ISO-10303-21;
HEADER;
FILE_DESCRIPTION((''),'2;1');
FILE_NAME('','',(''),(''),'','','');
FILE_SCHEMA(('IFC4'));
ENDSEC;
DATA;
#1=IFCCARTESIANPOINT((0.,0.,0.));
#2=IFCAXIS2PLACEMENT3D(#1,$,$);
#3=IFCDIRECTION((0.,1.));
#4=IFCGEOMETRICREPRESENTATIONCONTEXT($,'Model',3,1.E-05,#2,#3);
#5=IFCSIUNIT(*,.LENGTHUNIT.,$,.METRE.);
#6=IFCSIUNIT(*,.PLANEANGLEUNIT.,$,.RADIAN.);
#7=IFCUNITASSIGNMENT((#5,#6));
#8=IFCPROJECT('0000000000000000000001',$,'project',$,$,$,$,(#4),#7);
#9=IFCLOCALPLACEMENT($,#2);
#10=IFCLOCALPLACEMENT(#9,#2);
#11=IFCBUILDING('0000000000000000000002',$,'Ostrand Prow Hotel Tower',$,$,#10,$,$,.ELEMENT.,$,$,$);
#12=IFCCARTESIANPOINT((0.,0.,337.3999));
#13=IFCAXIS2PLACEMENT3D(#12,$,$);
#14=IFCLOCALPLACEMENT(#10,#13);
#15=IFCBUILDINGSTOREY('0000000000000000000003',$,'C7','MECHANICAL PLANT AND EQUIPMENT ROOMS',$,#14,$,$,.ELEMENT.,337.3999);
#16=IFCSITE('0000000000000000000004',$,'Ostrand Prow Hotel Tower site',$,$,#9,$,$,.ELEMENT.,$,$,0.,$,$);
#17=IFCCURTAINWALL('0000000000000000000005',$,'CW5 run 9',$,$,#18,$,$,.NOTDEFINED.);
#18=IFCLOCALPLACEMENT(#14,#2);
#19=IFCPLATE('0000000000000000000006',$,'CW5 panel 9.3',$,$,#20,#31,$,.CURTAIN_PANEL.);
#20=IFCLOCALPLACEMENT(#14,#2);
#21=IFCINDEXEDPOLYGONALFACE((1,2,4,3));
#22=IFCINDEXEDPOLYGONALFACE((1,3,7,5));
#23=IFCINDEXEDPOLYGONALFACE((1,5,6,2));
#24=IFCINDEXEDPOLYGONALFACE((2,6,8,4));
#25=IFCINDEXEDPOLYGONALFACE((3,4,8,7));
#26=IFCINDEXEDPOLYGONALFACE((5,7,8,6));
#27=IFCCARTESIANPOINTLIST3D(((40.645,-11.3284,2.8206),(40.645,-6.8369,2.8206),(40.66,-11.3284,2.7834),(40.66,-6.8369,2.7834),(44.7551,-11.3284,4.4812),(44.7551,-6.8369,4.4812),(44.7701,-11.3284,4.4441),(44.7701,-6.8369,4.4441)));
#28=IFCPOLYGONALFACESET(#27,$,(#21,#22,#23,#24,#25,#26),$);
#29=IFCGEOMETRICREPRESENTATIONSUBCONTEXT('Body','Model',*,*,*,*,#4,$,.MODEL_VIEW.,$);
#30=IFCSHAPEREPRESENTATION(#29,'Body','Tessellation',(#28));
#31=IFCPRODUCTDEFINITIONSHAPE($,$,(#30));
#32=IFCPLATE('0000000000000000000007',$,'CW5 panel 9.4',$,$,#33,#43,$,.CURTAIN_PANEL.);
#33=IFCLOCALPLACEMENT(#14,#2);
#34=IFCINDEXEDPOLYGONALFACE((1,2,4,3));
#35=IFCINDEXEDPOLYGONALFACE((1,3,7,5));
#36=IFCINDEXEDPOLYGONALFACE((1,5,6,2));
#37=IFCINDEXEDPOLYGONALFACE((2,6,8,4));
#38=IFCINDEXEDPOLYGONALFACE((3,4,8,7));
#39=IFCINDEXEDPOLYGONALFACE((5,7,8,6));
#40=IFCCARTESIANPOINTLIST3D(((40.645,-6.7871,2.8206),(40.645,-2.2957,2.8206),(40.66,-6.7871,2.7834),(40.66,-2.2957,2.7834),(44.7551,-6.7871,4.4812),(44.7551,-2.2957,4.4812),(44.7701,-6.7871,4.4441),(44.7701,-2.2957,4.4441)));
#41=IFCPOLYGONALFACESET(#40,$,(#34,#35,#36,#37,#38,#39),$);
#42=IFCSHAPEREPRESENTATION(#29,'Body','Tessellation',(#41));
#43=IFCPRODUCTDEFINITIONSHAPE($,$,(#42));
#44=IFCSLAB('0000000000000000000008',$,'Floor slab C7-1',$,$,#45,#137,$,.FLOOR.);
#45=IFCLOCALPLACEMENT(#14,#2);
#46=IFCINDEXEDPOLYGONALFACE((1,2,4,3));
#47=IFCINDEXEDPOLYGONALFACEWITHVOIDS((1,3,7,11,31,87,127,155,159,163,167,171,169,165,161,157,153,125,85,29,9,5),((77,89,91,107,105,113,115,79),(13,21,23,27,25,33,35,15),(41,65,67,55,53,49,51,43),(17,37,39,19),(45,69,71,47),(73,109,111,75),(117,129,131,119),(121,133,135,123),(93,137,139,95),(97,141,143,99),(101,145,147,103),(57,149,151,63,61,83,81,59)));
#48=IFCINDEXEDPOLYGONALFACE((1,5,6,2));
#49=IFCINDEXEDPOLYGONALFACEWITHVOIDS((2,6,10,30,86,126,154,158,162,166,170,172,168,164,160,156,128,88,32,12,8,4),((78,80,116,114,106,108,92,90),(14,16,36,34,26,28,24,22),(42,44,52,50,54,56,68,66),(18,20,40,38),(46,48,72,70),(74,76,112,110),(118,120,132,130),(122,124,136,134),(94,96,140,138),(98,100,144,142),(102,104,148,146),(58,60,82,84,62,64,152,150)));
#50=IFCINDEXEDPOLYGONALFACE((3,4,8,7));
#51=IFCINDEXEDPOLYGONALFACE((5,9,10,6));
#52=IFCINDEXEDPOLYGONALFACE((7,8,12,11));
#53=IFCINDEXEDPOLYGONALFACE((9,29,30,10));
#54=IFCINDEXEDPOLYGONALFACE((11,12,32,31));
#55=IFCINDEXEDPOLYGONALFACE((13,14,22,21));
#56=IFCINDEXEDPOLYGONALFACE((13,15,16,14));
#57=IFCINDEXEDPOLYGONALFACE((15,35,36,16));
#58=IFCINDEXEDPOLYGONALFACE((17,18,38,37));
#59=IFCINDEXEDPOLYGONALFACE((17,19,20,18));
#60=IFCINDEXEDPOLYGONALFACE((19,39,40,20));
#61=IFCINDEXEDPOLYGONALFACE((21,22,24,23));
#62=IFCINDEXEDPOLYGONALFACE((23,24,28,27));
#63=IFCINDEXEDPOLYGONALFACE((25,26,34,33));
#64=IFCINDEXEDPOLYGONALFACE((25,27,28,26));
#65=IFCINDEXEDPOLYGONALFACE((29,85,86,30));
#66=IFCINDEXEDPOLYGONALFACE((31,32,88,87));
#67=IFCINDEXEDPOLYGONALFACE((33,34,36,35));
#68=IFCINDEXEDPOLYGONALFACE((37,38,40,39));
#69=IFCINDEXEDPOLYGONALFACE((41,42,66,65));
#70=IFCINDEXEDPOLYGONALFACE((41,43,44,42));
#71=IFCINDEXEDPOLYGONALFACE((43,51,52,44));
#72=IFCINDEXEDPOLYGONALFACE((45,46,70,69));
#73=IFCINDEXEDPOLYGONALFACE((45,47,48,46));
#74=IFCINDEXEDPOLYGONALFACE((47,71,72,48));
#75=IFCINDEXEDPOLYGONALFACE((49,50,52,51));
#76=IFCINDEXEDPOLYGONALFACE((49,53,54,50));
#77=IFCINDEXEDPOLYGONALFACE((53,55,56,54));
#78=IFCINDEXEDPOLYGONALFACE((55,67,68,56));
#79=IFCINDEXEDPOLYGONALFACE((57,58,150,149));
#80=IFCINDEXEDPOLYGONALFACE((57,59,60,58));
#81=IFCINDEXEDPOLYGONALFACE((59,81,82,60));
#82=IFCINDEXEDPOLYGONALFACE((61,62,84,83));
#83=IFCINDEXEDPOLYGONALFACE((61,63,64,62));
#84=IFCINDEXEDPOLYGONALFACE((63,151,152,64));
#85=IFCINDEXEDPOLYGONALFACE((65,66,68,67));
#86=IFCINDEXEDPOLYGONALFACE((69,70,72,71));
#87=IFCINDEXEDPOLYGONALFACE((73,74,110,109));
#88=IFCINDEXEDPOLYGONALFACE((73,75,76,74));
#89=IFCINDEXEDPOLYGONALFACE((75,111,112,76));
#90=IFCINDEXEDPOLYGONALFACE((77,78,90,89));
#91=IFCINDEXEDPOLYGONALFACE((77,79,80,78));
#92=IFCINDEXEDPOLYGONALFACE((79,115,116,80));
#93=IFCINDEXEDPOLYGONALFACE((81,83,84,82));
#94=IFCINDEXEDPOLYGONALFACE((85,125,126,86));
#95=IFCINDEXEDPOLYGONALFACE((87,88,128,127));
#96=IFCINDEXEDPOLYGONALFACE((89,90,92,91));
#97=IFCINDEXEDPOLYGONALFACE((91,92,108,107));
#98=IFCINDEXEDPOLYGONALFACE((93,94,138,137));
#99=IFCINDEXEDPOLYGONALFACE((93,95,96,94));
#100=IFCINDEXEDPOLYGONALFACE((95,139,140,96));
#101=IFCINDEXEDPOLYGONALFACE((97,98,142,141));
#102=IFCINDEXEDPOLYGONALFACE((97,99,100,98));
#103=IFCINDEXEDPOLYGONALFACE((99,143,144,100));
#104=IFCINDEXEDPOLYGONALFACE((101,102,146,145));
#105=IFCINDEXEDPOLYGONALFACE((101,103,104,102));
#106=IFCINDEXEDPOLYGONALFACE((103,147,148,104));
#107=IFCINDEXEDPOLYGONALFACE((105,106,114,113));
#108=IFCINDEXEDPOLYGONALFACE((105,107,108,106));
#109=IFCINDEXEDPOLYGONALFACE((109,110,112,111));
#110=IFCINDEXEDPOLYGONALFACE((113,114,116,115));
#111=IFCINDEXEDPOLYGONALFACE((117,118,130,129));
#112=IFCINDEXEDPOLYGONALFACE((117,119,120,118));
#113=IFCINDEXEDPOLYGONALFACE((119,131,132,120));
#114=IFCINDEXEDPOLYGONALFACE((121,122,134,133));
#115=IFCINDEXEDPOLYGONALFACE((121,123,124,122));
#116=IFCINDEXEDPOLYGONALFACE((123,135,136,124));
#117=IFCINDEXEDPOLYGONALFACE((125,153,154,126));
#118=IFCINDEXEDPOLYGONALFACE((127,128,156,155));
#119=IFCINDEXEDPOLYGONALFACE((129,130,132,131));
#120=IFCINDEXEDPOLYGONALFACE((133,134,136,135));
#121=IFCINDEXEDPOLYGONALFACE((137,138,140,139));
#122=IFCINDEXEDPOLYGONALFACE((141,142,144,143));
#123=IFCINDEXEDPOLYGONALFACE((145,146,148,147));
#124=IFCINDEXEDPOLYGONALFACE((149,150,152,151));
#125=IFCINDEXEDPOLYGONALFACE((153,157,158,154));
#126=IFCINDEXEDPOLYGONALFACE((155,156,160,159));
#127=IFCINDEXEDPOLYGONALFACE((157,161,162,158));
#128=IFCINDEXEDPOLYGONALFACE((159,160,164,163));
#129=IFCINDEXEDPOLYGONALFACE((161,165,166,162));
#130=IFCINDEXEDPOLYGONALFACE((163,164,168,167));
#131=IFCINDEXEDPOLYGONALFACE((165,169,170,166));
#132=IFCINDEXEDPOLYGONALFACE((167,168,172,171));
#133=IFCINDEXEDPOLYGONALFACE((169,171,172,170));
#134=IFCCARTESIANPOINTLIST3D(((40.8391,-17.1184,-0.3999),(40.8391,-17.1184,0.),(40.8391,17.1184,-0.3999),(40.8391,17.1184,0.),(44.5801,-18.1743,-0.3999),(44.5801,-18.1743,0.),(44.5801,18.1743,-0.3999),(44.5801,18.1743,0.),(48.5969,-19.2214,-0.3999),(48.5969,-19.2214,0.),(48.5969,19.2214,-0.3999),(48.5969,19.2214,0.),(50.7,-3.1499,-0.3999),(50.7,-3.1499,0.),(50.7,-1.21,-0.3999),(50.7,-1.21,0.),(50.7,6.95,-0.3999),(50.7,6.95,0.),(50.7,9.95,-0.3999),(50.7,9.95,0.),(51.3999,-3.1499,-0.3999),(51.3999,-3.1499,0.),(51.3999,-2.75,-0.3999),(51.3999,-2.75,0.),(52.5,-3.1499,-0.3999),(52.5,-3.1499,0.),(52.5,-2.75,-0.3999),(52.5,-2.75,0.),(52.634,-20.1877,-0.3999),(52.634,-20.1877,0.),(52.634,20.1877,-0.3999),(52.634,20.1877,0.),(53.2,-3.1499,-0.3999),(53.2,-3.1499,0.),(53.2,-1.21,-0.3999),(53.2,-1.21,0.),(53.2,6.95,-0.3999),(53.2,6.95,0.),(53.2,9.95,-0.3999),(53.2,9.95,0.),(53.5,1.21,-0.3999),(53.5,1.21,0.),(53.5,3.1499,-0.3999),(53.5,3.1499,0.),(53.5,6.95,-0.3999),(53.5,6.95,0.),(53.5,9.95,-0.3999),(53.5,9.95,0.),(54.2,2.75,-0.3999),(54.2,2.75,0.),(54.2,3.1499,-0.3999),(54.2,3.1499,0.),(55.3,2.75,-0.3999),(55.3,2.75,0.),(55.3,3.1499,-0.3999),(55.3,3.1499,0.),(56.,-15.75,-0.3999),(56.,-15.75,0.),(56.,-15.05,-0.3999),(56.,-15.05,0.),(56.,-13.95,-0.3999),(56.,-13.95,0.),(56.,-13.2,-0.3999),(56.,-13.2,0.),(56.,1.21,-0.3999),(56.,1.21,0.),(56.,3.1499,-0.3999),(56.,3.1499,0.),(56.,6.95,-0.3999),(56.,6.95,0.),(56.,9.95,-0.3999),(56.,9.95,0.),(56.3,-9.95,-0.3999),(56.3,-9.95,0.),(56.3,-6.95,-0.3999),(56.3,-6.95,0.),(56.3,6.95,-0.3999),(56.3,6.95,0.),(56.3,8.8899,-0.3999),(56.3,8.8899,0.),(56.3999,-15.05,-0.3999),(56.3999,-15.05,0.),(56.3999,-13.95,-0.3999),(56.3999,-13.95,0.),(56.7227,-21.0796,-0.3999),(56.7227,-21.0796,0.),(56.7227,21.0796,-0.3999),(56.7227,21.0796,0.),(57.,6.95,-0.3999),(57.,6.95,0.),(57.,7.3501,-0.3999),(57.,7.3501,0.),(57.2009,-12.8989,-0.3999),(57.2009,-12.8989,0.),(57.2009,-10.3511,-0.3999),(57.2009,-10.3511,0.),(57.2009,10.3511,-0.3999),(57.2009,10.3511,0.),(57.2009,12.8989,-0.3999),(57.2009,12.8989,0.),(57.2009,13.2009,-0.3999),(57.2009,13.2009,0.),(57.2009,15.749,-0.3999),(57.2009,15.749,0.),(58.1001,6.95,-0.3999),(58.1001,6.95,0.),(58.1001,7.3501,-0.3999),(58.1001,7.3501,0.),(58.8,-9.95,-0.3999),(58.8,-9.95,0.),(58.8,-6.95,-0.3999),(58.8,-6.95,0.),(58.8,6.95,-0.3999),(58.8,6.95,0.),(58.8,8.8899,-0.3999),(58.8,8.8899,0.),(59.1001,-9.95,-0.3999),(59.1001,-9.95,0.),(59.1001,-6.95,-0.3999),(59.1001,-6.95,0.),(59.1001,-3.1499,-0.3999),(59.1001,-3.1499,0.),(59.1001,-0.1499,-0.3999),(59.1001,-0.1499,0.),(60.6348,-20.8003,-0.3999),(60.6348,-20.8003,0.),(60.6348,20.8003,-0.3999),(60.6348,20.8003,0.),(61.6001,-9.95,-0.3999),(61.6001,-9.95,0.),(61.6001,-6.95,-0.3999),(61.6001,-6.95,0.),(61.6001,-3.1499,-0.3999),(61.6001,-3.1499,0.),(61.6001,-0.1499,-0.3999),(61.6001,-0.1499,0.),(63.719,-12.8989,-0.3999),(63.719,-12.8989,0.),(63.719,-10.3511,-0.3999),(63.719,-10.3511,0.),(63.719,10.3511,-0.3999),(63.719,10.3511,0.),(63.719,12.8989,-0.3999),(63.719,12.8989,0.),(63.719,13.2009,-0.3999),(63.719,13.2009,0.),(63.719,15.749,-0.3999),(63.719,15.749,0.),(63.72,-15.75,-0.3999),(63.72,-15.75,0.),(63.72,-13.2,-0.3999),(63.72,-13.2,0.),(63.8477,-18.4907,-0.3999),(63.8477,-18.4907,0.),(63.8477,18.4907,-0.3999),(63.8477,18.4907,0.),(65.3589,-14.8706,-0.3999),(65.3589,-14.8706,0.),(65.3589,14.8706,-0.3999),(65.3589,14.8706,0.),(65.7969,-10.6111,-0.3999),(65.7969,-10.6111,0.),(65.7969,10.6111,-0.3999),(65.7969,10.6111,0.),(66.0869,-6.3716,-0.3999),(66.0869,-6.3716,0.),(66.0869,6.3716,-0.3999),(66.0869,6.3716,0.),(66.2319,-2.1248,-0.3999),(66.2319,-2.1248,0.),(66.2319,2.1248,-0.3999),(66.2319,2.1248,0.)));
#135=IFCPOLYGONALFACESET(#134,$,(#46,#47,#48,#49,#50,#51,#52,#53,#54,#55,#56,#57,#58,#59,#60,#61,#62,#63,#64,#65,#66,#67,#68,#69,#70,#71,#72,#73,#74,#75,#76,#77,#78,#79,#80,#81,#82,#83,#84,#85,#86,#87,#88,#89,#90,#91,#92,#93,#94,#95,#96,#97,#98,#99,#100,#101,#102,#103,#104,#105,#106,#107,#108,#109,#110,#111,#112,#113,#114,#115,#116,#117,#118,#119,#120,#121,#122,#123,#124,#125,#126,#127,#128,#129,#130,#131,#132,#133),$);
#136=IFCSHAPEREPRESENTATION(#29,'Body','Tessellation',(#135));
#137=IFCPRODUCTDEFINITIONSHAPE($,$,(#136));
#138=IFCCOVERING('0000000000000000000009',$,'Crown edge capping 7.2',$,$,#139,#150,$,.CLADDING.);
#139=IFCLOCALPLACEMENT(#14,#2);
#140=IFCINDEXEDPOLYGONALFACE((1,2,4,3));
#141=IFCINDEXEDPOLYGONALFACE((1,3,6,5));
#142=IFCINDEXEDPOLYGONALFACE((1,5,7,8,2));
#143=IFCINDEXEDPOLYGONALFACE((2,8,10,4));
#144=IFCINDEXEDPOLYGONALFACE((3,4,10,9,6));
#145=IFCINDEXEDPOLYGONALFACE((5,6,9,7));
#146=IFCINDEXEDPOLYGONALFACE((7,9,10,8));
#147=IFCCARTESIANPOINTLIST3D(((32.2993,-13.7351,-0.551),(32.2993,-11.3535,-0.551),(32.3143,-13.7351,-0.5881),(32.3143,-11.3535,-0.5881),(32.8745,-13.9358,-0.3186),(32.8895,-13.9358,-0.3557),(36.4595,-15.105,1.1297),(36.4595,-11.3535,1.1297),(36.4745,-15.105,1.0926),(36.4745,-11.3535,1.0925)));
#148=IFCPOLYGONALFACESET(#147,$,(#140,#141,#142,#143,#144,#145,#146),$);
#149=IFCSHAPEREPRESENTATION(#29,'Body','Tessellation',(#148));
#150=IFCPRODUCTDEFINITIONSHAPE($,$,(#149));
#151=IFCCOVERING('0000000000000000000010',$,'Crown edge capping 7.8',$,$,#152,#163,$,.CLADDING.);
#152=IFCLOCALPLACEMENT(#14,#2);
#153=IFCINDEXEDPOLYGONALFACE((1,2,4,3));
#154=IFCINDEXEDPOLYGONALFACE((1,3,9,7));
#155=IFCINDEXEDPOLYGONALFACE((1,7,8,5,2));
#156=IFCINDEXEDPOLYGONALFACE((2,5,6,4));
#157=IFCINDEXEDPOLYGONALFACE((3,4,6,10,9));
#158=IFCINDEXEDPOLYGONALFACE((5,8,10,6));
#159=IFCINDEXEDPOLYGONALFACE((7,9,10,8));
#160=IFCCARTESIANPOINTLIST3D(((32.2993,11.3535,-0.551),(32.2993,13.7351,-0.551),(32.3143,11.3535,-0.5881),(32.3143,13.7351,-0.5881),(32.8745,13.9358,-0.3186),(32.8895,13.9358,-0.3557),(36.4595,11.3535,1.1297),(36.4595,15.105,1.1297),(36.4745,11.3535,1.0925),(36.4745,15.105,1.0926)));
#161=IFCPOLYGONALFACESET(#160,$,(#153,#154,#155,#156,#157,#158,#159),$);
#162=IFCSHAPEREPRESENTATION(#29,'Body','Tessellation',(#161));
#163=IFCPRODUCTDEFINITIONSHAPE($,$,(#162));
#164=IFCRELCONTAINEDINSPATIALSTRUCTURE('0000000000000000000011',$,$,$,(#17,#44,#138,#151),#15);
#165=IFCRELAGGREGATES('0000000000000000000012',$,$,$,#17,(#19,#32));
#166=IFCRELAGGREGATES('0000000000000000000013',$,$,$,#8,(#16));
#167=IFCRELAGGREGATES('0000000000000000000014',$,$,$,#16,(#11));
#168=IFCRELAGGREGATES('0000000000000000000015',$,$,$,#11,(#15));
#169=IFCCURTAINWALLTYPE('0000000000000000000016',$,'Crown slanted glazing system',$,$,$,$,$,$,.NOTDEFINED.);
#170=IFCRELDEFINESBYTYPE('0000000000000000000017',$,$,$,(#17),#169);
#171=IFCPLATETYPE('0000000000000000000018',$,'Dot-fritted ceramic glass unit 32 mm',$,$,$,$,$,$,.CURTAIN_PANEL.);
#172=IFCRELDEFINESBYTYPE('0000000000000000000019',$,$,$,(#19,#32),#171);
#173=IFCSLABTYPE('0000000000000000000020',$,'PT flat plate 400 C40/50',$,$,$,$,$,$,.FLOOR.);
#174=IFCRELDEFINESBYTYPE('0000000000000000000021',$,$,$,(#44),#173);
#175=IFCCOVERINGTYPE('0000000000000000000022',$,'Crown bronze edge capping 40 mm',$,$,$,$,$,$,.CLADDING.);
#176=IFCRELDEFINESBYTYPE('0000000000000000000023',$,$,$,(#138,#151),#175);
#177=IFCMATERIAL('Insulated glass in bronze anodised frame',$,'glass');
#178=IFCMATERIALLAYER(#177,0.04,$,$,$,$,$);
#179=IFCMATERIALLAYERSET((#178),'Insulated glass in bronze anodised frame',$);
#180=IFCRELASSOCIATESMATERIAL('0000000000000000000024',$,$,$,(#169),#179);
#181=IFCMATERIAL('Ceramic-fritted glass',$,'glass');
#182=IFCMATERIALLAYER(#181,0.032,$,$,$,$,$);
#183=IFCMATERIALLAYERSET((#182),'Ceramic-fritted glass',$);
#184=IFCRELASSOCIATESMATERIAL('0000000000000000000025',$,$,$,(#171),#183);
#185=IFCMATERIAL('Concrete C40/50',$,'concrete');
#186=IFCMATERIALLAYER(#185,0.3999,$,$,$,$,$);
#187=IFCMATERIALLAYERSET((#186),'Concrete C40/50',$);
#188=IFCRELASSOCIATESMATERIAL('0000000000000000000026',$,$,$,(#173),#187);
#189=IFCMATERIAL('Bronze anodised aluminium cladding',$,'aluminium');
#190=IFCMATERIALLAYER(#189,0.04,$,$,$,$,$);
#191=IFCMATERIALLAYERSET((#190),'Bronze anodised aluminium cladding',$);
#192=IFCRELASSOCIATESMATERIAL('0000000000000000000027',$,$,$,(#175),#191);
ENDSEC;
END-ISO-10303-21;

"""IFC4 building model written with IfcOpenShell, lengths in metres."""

from ifc_helpers import new_model, si_unit, direction, frame, origin, place, context, subcontext, project, spatial, polyline, outline, extrude, material, layer, layer_set, type_object, element, aggregate, save


model = new_model("IFC4")

# Units and contexts
model_context = context("Model", 3, precision=1e-05, world=origin(), true_north=direction((0.0, 1.0)))
body_context = subcontext(model_context, "Body", "Model", "MODEL_VIEW")
ifc_project = project(units=[si_unit("LENGTHUNIT", "METRE"), si_unit("PLANEANGLEUNIT", "RADIAN")], contexts=[model_context])

# Site, building, storey
site_placement = place(None, origin())
site = spatial("IfcSite", under=ifc_project, at=site_placement, Name="Ostrand Prow Hotel Tower site", CompositionType="ELEMENT", RefElevation=0.0)
building_placement = place(site_placement, origin())
building = spatial("IfcBuilding", under=site, at=building_placement, Name="Ostrand Prow Hotel Tower", CompositionType="ELEMENT")
storey_placement = place(building_placement, frame((0.0, 0.0, 337.3999)))
storey = spatial("IfcBuildingStorey", under=building, at=storey_placement, Name="C7", Description="MECHANICAL PLANT AND EQUIPMENT ROOMS", CompositionType="ELEMENT", Elevation=337.3999)

# Curtain wall
ifc_material_1 = material(Name="Insulated glass in bronze anodised frame", Category="glass")
ifc_layer_1 = layer(ifc_material_1, 0.04)
ifc_layer_set_1 = layer_set([ifc_layer_1], Name="Insulated glass in bronze anodised frame")
curtain_wall_type = type_object("IfcCurtainWallType", Name="Crown slanted glazing system", PredefinedType="NOTDEFINED", material=ifc_layer_set_1)
curtain_wall_1_placement = place(storey_placement, origin())
curtain_wall_1 = element("IfcCurtainWall", 1, at=curtain_wall_1_placement, inside=storey, type_object=curtain_wall_type, Name="CW5 run 9", PredefinedType="NOTDEFINED")

# Plates
ifc_material_2 = material(Name="Ceramic-fritted glass", Category="glass")
ifc_layer_2 = layer(ifc_material_2, 0.032)
ifc_layer_set_2 = layer_set([ifc_layer_2], Name="Ceramic-fritted glass")
plate_type_1 = type_object("IfcPlateType", Name="Dot-fritted ceramic glass unit 32 mm", PredefinedType="CURTAIN_PANEL", material=ifc_layer_set_2)
plate_1_placement = place(storey_placement, frame((40.645, -11.3284, 2.8206), z_axis=(-0.374617, 0.0, 0.92718), x_axis=(0.92718, 0.0, 0.374617)))
plate_1 = element("IfcPlate", 2, at=plate_1_placement, type_object=plate_type_1, Name="CW5 panel 9.3", PredefinedType="CURTAIN_PANEL", context=body_context, shape_type="SweptSolid", body=[
    extrude(outline(polyline([(0.0, 0.0), (4.4329, 0.0), (4.4329, 4.4915), (0.0, 4.4915), (0.0, 0.0)])), origin(), (0.0, 0.0, -1.0), 0.04),
])
plate_2_placement = place(storey_placement, frame((40.645, -6.7871, 2.8206), z_axis=(-0.374617, 0.0, 0.92718), x_axis=(0.92718, 0.0, 0.374617)))
plate_2 = element("IfcPlate", 3, at=plate_2_placement, type_object=plate_type_1, Name="CW5 panel 9.4", PredefinedType="CURTAIN_PANEL", context=body_context, shape_type="SweptSolid", body=[
    extrude(outline(polyline([(0.0, 0.0), (4.4329, 0.0), (4.4329, 4.4915), (0.0, 4.4915), (0.0, 0.0)])), origin(), (0.0, 0.0, -1.0), 0.04),
])
aggregate(curtain_wall_1, [plate_1, plate_2])

# Slab, openings
ifc_material_3 = material(Name="Concrete C40/50", Category="concrete")
ifc_layer_3 = layer(ifc_material_3, 0.3999)
ifc_layer_set_3 = layer_set([ifc_layer_3], Name="Concrete C40/50")
slab_type = type_object("IfcSlabType", Name="PT flat plate 400 C40/50", PredefinedType="FLOOR", material=ifc_layer_set_3)
slab_placement = place(storey_placement, frame((0.0, 0.0, -0.3999)))
slab = element("IfcSlab", 4, at=slab_placement, inside=storey, type_object=slab_type, Name="Floor slab C7-1", PredefinedType="FLOOR", context=body_context, shape_type="SweptSolid", body=[
    extrude(outline(polyline([(44.5801, 18.1743), (48.5969, 19.2214), (52.634, 20.1877), (56.7227, 21.0796), (60.6348, 20.8003), (63.8477, 18.4907), (65.3589, 14.8706), (65.7969, 10.6111), (66.0869, 6.3716), (66.2319, 2.1248), (66.2319, -2.1248), (66.0869, -6.3716), (65.7969, -10.6111), (65.3589, -14.8706), (63.8477, -18.4907), (60.6348, -20.8003), (56.7227, -21.0796), (52.634, -20.1877), (48.5969, -19.2214), (44.5801, -18.1743), (40.8391, -17.1184), (40.8391, 17.1184), (44.5801, 18.1743)]), holes=[polyline([(50.7, 6.95), (53.2, 6.95), (53.2, 9.95), (50.7, 9.95), (50.7, 6.95)]), polyline([(53.5, 6.95), (56.0, 6.95), (56.0, 9.95), (53.5, 9.95), (53.5, 6.95)]), polyline([(59.1001, -3.1499), (61.6001, -3.1499), (61.6001, -0.1499), (59.1001, -0.1499), (59.1001, -3.1499)]), polyline([(56.3, -9.95), (58.8, -9.95), (58.8, -6.95), (56.3, -6.95), (56.3, -9.95)]), polyline([(59.1001, -9.95), (61.6001, -9.95), (61.6001, -6.95), (59.1001, -6.95), (59.1001, -9.95)]), polyline([(57.2009, 10.3511), (57.2009, 12.8989), (63.719, 12.8989), (63.719, 10.3511), (57.2009, 10.3511)]), polyline([(57.2009, 13.2009), (57.2009, 15.749), (63.719, 15.749), (63.719, 13.2009), (57.2009, 13.2009)]), polyline([(57.2009, -12.8989), (57.2009, -10.3511), (63.719, -10.3511), (63.719, -12.8989), (57.2009, -12.8989)]), polyline([(58.8, 6.95), (58.1001, 6.95), (58.1001, 7.3501), (57.0, 7.3501), (57.0, 6.95), (56.3, 6.95), (56.3, 8.8899), (58.8, 8.8899), (58.8, 6.95)]), polyline([(55.3, 2.75), (55.3, 3.1499), (56.0, 3.1499), (56.0, 1.21), (53.5, 1.21), (53.5, 3.1499), (54.2, 3.1499), (54.2, 2.75), (55.3, 2.75)]), polyline([(52.5, -2.75), (51.3999, -2.75), (51.3999, -3.1499), (50.7, -3.1499), (50.7, -1.21), (53.2, -1.21), (53.2, -3.1499), (52.5, -3.1499), (52.5, -2.75)]), polyline([(56.3999, -15.05), (56.3999, -13.95), (56.0, -13.95), (56.0, -13.2), (63.72, -13.2), (63.72, -15.75), (56.0, -15.75), (56.0, -15.05), (56.3999, -15.05)])]), origin(), (0.0, 0.0, 1.0), 0.3999),
])
opening_1_placement = place(slab_placement, origin())
element("IfcOpeningElement", 5, at=opening_1_placement, cuts=slab, PredefinedType="OPENING", context=body_context, shape_type="SweptSolid", body=[
    extrude(outline(polyline([(58.8, 6.95), (58.1001, 6.95), (58.1001, 7.3501), (57.0, 7.3501), (57.0, 6.95), (56.3, 6.95), (56.3, 8.8899), (58.8, 8.8899), (58.8, 6.95)])), origin(), (0.0, 0.0, 1.0), 0.3999),
])
opening_2_placement = place(slab_placement, origin())
element("IfcOpeningElement", 6, at=opening_2_placement, cuts=slab, PredefinedType="OPENING", context=body_context, shape_type="SweptSolid", body=[
    extrude(outline(polyline([(55.3, 2.75), (55.3, 3.1499), (56.0, 3.1499), (56.0, 1.21), (53.5, 1.21), (53.5, 3.1499), (54.2, 3.1499), (54.2, 2.75), (55.3, 2.75)])), origin(), (0.0, 0.0, 1.0), 0.3999),
])
opening_3_placement = place(slab_placement, origin())
element("IfcOpeningElement", 7, at=opening_3_placement, cuts=slab, PredefinedType="OPENING", context=body_context, shape_type="SweptSolid", body=[
    extrude(outline(polyline([(52.5, -2.75), (51.3999, -2.75), (51.3999, -3.1499), (50.7, -3.1499), (50.7, -1.21), (53.2, -1.21), (53.2, -3.1499), (52.5, -3.1499), (52.5, -2.75)])), origin(), (0.0, 0.0, 1.0), 0.3999),
])
opening_4_placement = place(slab_placement, origin())
element("IfcOpeningElement", 8, at=opening_4_placement, cuts=slab, PredefinedType="OPENING", context=body_context, shape_type="SweptSolid", body=[
    extrude(outline(polyline([(56.3999, -15.05), (56.3999, -13.95), (56.0, -13.95), (56.0, -13.2), (63.72, -13.2), (63.72, -15.75), (56.0, -15.75), (56.0, -15.05), (56.3999, -15.05)])), origin(), (0.0, 0.0, 1.0), 0.3999),
])

# Coverings
ifc_material_4 = material(Name="Bronze anodised aluminium cladding", Category="aluminium")
ifc_layer_4 = layer(ifc_material_4, 0.04)
ifc_layer_set_4 = layer_set([ifc_layer_4], Name="Bronze anodised aluminium cladding")
covering_type_1 = type_object("IfcCoveringType", Name="Crown bronze edge capping 40 mm", PredefinedType="CLADDING", material=ifc_layer_set_4)
covering_1_placement = place(storey_placement, frame((32.8745, -13.9358, -0.3186), z_axis=(-0.374576, 0.000007, 0.927196), x_axis=(0.887505, -0.28945, 0.358544)))
element("IfcCovering", 9, at=covering_1_placement, inside=storey, type_object=covering_type_1, Name="Crown edge capping 7.2", PredefinedType="CLADDING", context=body_context, shape_type="SweptSolid", body=[
    extrude(outline(polyline([(0.0, 0.0), (4.0394, 0.0), (2.9535, 3.5909), (-1.3413, 2.2922), (-0.6519, 0.0125), (0.0, 0.0)])), origin(), (0.0, 0.0, -1.0), 0.04),
])
covering_2_placement = place(storey_placement, frame((32.8745, 13.9358, -0.3186), z_axis=(-0.374576, -0.000007, 0.927196), x_axis=(-0.882186, -0.307783, -0.356395)))
element("IfcCovering", 10, at=covering_2_placement, inside=storey, type_object=covering_type_1, Name="Crown edge capping 7.8", PredefinedType="CLADDING", context=body_context, shape_type="SweptSolid", body=[
    extrude(outline(polyline([(0.0, 0.0), (0.652, 0.0), (1.385, 2.266), (-2.884, 3.6469), (-4.0386, 0.0776), (0.0, 0.0)])), origin(), (0.0, 0.0, -1.0), 0.04),
])

save(model, "model.ifc")
